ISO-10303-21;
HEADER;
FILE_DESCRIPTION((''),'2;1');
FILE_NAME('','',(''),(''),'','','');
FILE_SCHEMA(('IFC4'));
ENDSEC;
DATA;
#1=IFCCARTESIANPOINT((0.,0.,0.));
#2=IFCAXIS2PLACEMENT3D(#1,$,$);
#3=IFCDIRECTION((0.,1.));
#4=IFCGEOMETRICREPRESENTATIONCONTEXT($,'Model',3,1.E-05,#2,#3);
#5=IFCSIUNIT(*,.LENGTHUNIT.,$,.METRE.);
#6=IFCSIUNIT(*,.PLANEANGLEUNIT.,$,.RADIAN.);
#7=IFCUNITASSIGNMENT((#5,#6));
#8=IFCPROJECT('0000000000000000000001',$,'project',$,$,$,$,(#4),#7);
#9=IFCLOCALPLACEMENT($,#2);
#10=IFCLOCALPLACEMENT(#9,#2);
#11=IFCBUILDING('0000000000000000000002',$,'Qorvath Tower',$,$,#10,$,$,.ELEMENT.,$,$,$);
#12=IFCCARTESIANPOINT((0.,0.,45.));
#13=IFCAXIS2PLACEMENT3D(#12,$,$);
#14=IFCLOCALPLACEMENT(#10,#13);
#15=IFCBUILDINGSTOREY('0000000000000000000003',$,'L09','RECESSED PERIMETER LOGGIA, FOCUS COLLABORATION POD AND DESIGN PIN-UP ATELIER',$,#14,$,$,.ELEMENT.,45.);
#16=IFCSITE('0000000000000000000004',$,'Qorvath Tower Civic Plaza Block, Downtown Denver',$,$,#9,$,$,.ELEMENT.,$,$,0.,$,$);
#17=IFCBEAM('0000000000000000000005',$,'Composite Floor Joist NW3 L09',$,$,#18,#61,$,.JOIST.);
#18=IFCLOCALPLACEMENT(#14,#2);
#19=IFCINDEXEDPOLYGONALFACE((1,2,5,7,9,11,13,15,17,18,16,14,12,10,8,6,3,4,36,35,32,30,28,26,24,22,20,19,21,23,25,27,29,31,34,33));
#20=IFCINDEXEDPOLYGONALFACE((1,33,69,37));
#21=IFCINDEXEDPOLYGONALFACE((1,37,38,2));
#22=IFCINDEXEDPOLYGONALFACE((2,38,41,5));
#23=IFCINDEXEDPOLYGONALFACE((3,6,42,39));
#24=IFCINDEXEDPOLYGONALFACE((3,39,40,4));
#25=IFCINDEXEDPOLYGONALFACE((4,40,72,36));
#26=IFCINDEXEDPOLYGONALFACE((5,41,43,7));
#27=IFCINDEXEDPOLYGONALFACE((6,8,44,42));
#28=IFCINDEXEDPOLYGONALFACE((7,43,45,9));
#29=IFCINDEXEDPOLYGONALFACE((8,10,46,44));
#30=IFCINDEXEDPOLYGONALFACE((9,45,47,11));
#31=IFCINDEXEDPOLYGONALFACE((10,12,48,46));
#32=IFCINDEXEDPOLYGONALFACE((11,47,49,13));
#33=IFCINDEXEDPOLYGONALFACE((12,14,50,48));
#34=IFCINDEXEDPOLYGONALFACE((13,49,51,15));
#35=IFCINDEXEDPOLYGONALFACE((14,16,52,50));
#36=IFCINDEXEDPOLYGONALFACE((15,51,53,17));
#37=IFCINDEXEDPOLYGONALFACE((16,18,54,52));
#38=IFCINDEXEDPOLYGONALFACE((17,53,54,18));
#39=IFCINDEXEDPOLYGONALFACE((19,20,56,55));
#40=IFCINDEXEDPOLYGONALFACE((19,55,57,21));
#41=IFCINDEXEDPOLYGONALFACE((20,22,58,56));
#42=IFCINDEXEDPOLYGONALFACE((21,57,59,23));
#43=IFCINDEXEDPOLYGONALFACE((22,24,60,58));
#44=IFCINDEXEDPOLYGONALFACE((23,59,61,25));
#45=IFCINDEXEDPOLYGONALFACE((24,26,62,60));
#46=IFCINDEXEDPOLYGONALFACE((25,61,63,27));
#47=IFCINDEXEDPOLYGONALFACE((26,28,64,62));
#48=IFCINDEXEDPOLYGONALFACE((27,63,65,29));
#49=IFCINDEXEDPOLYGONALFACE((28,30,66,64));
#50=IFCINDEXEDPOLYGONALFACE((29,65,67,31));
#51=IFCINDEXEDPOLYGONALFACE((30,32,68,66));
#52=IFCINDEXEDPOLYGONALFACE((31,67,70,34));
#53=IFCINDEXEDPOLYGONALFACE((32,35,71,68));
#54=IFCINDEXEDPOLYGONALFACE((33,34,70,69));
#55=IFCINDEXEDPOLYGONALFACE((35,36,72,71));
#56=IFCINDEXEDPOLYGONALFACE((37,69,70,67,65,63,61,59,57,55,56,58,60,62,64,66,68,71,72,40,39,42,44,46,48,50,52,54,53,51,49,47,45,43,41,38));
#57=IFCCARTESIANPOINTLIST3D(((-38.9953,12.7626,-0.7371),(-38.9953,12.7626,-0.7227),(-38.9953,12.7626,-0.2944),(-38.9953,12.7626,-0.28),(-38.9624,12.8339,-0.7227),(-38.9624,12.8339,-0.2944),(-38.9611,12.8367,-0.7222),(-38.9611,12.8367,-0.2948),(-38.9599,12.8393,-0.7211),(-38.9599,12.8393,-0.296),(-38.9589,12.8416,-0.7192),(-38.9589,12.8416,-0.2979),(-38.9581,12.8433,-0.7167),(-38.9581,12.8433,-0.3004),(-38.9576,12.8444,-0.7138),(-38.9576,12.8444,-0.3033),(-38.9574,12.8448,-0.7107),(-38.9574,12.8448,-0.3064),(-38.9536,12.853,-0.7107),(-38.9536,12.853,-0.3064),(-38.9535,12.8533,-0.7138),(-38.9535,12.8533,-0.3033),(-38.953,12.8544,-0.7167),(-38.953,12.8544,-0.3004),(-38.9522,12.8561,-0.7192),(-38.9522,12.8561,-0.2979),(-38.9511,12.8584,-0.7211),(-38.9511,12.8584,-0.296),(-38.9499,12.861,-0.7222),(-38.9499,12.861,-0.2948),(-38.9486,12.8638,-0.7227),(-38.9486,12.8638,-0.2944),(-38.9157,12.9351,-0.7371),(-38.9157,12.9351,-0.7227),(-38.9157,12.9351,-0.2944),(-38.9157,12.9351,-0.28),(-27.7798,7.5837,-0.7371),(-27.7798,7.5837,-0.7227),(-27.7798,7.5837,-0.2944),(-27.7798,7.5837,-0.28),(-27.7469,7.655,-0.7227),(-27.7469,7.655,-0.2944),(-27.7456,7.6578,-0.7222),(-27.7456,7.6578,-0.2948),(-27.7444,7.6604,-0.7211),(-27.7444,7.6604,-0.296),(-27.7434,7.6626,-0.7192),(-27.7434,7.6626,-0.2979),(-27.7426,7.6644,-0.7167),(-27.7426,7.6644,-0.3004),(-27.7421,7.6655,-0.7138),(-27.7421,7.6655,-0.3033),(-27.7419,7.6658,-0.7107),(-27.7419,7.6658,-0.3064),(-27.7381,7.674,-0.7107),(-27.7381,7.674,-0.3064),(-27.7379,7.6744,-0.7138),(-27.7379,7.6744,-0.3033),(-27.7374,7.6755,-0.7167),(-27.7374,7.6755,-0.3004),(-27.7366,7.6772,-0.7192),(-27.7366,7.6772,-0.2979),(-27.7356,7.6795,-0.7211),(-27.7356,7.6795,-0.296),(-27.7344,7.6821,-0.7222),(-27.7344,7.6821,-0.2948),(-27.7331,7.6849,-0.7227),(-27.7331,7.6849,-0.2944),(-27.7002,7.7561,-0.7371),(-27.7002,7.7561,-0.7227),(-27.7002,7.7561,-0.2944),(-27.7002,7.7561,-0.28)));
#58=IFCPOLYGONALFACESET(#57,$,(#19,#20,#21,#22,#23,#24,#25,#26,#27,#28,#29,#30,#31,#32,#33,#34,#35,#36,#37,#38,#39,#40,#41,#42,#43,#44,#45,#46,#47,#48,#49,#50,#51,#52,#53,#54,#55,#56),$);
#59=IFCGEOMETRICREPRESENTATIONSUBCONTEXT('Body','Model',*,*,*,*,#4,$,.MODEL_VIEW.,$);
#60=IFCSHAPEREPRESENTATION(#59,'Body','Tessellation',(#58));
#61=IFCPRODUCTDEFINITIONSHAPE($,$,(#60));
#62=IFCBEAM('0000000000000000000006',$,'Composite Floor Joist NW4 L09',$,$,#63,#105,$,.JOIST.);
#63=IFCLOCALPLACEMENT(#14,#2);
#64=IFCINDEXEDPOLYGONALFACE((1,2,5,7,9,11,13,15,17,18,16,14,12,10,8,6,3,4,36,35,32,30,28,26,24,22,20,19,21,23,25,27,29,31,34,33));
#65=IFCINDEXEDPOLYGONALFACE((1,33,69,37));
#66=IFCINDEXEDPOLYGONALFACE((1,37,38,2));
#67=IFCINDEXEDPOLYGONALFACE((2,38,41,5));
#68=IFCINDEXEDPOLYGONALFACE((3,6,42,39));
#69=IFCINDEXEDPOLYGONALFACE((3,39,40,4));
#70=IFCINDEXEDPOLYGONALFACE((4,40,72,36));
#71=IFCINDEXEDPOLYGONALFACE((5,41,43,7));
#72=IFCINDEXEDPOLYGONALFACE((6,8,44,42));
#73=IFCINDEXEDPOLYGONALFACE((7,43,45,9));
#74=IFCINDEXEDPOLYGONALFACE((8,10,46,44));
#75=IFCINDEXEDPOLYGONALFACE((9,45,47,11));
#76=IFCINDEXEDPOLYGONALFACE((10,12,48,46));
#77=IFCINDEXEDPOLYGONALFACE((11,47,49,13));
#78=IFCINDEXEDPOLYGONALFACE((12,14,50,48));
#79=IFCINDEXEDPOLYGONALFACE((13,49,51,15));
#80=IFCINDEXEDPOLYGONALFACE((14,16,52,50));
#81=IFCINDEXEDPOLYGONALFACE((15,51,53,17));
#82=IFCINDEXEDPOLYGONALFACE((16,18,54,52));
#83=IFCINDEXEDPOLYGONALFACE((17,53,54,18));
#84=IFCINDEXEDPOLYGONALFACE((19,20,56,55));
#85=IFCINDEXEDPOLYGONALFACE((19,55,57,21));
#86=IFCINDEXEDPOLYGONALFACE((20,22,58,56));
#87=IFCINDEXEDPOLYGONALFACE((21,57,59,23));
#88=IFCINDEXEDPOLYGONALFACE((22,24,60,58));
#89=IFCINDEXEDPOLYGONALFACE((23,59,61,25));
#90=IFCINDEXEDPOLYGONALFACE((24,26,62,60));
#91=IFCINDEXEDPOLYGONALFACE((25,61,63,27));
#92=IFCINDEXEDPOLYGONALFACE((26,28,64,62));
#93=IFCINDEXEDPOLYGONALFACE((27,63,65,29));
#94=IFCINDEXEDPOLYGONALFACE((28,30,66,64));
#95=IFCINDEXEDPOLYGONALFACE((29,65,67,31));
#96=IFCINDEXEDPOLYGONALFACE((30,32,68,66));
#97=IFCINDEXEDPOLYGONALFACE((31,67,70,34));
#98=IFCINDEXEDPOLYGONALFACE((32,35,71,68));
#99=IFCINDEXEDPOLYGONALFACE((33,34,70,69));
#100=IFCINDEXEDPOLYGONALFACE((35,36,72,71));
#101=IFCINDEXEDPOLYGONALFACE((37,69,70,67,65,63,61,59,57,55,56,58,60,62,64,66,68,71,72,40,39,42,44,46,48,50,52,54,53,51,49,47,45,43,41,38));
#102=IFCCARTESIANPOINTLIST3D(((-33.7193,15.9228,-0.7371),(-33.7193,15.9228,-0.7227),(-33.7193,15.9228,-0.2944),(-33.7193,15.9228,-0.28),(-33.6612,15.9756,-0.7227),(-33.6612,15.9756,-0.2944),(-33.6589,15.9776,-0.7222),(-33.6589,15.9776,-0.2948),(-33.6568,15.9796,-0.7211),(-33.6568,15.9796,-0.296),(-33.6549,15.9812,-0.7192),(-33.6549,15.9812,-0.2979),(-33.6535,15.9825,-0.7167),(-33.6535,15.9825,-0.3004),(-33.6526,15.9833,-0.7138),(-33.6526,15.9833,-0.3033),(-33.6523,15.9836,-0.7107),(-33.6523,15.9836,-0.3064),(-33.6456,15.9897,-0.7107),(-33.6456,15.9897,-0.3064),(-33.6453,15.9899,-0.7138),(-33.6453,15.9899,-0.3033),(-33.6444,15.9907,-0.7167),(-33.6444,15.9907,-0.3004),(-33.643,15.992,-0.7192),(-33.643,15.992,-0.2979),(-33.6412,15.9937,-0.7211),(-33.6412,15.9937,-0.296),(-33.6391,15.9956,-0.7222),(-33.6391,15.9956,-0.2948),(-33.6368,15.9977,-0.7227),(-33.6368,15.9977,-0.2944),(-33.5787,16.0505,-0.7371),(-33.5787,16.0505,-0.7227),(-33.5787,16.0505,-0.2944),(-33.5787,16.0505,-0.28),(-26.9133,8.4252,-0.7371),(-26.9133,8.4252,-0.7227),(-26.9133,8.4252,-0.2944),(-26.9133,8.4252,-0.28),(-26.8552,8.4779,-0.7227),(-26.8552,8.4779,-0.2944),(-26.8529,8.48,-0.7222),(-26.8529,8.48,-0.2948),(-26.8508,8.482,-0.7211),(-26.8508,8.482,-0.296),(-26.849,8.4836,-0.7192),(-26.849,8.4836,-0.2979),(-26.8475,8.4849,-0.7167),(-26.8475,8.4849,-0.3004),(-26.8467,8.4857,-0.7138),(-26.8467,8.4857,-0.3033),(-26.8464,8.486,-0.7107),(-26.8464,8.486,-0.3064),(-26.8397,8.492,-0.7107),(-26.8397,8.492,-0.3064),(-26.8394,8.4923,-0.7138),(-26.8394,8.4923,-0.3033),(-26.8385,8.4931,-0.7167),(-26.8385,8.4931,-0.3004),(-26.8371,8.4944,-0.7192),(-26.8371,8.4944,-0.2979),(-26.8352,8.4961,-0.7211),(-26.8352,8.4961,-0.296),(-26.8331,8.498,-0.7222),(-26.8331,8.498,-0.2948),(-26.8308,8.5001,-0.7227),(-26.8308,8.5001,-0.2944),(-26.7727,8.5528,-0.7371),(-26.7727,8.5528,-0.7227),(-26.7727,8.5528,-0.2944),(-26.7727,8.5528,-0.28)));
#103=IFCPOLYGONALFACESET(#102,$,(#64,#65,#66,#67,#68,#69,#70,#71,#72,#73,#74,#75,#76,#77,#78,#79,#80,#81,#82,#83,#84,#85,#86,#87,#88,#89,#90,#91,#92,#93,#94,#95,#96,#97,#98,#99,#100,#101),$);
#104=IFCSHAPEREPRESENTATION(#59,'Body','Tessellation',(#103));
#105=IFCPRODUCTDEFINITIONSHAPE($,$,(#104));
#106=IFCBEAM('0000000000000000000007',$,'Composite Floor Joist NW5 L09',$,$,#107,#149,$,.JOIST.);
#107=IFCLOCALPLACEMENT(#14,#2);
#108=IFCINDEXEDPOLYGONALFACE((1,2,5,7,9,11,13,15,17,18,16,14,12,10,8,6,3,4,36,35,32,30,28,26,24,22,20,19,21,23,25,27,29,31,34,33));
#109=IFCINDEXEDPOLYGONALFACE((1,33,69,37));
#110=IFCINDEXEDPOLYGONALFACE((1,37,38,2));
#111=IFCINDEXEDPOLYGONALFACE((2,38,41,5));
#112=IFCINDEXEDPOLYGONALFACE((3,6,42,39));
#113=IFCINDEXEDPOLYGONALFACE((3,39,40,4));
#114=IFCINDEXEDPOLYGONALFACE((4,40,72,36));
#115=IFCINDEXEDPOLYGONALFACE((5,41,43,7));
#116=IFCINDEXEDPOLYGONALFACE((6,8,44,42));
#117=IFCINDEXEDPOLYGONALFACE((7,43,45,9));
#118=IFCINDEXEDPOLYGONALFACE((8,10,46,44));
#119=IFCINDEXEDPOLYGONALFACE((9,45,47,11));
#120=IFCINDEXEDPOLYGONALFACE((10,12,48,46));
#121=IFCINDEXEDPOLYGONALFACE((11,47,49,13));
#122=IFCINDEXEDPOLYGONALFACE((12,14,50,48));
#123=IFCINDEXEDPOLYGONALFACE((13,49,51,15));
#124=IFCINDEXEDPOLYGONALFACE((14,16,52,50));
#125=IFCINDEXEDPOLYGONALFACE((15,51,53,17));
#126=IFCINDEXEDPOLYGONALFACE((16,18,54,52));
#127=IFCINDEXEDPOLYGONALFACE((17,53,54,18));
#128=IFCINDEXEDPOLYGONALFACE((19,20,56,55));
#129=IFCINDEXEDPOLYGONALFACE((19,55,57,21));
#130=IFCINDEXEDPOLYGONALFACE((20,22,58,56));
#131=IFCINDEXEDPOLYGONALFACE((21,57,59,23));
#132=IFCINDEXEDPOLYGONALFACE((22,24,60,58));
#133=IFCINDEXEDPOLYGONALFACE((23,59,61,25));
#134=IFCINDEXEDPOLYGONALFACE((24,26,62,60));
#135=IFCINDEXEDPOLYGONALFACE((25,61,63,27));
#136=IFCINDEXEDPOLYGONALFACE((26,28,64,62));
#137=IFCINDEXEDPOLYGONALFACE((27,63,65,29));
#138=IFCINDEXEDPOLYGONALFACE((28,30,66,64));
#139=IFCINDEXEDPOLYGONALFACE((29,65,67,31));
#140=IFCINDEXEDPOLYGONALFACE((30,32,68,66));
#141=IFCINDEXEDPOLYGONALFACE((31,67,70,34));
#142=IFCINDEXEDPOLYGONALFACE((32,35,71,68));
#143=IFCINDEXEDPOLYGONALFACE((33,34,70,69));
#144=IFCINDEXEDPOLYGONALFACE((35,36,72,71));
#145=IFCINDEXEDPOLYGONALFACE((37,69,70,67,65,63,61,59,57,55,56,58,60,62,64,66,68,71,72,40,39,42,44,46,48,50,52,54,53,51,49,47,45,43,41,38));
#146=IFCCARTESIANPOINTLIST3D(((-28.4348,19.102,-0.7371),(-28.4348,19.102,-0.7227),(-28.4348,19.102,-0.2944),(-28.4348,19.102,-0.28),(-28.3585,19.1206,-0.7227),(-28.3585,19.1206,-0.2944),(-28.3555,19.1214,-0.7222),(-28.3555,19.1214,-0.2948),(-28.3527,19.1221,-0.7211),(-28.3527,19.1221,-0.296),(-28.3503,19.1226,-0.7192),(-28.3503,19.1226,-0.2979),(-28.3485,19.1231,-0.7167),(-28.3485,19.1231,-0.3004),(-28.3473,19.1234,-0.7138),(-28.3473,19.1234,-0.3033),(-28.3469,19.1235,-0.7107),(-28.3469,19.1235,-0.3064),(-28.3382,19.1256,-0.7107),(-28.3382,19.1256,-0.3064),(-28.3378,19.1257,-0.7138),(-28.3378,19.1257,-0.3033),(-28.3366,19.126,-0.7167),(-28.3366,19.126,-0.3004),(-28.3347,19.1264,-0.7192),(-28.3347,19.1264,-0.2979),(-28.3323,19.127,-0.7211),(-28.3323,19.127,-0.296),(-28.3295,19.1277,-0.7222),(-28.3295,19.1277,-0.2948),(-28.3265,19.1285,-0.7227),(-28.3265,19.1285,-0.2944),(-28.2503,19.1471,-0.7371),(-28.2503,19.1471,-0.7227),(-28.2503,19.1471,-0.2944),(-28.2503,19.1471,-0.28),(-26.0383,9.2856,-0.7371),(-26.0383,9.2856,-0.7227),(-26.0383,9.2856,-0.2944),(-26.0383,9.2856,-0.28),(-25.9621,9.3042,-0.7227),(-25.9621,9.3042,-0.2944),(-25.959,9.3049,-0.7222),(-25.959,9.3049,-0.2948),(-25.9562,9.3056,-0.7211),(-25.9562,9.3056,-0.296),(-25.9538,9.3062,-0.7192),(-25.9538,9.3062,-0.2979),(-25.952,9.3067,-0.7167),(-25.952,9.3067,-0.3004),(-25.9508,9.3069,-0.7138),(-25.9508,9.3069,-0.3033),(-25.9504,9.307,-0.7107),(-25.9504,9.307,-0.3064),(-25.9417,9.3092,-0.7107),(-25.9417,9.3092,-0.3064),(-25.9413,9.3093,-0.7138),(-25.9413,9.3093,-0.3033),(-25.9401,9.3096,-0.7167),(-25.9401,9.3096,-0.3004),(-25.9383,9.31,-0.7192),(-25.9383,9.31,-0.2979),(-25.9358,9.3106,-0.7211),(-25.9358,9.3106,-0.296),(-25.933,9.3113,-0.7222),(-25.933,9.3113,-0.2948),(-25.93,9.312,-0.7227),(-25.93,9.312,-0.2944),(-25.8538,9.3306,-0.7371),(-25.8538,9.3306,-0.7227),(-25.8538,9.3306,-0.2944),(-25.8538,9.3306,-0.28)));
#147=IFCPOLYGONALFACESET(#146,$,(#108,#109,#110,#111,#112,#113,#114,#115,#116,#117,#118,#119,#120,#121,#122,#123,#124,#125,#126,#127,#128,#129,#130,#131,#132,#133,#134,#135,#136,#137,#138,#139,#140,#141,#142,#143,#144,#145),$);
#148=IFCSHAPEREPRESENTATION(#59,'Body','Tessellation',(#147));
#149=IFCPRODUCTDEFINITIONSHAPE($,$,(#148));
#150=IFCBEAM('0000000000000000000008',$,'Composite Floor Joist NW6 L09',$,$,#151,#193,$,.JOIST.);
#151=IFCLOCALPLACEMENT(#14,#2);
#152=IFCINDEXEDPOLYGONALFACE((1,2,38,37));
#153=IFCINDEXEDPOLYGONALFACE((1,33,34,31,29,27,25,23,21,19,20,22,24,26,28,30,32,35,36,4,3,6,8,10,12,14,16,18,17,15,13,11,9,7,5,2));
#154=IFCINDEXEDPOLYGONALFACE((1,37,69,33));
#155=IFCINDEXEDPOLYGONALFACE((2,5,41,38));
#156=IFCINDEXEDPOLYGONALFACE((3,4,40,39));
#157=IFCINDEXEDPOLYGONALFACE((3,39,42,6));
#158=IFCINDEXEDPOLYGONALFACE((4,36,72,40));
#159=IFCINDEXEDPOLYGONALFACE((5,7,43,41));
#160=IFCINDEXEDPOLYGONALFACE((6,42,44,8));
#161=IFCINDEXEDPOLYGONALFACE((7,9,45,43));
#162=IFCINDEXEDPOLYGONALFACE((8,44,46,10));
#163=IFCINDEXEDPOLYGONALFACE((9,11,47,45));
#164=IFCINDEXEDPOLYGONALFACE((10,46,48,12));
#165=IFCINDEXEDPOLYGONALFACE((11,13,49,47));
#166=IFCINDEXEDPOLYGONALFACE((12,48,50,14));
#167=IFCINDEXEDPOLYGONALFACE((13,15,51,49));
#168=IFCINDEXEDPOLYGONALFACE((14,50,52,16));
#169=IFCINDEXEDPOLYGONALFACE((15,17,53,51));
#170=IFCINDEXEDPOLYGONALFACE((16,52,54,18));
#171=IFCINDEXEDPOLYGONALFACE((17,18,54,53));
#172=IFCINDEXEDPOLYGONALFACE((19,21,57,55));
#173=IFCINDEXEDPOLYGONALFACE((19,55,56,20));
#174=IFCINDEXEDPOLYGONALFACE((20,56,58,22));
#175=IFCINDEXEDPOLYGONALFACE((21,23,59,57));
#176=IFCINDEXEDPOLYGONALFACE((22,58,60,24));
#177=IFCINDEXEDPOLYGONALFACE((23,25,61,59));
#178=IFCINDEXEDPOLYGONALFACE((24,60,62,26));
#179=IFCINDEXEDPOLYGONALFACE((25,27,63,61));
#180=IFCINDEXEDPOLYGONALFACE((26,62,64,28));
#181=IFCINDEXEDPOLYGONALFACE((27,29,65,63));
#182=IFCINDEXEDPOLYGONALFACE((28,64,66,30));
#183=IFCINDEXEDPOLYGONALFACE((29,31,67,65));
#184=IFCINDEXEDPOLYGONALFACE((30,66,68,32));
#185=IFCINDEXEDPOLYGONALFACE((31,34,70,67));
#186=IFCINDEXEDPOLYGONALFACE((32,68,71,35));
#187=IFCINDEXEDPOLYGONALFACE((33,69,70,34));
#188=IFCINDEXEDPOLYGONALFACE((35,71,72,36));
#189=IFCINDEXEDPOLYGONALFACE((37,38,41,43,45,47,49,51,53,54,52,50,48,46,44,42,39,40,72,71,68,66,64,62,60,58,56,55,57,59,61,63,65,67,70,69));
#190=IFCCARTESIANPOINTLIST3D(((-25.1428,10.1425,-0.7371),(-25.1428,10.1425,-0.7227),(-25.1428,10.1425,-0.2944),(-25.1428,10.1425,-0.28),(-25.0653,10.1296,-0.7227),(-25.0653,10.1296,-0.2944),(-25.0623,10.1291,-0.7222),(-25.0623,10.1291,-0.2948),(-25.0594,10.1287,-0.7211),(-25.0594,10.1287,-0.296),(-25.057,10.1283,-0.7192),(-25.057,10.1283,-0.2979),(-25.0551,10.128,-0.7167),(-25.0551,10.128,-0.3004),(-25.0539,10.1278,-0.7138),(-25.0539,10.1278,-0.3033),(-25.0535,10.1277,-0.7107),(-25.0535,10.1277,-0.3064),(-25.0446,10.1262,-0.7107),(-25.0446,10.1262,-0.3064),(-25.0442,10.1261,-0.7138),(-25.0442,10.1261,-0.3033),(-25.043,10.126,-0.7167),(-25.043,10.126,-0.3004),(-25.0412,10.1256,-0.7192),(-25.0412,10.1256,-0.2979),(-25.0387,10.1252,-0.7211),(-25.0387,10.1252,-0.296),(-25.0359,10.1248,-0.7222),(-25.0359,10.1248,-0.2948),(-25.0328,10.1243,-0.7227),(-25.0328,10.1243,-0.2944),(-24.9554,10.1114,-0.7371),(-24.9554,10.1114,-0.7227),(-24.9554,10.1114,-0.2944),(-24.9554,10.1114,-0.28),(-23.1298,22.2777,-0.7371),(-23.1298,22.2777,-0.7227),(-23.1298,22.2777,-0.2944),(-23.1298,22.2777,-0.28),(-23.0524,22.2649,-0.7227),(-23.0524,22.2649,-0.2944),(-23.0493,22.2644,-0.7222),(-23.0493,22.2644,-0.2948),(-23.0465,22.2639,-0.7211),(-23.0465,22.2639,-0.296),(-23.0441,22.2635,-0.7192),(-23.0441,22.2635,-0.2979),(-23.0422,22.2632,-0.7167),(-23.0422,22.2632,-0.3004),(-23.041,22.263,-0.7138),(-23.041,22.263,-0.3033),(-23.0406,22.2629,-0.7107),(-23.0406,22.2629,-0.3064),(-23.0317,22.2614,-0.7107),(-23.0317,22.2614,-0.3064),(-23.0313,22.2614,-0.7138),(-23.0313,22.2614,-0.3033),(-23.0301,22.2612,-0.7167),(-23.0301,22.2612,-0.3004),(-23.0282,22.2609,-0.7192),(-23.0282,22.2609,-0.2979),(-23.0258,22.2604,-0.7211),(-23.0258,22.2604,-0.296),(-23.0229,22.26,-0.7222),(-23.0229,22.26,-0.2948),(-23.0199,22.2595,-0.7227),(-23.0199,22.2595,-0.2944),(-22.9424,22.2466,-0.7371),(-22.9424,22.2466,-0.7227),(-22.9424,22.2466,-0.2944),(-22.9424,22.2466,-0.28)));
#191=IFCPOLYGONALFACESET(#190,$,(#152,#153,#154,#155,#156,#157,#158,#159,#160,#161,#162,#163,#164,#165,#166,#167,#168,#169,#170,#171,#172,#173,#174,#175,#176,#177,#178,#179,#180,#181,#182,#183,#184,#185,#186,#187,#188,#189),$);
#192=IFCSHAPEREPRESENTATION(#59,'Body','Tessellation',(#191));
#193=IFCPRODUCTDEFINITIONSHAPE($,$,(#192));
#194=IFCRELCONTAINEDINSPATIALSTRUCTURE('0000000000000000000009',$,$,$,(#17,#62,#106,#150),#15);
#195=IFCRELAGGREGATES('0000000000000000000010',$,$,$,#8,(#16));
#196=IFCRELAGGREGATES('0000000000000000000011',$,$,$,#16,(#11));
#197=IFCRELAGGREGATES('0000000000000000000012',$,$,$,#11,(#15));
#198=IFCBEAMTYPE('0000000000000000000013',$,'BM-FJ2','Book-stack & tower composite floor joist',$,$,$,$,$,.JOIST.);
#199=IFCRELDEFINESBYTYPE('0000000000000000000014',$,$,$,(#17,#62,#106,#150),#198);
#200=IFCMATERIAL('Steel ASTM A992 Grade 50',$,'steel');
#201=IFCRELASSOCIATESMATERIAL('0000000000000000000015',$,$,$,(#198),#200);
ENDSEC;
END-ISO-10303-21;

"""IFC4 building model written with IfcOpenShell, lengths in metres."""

from ifc_helpers import new_model, si_unit, direction, frame, origin, origin_2d, place, context, subcontext, project, spatial, i_section, extrude, material, material_profile, profile_set, type_object, element, save


model = new_model("IFC4")

# Units and contexts
model_context = context("Model", 3, precision=1e-05, world=origin(), true_north=direction((0.0, 1.0)))
body_context = subcontext(model_context, "Body", "Model", "MODEL_VIEW")
ifc_project = project(units=[si_unit("LENGTHUNIT", "METRE"), si_unit("PLANEANGLEUNIT", "RADIAN")], contexts=[model_context])

# Site, building, storey
site_placement = place(None, origin())
site = spatial("IfcSite", under=ifc_project, at=site_placement, Name="Qorvath Tower Civic Plaza Block, Downtown Denver", CompositionType="ELEMENT", RefElevation=0.0)
building_placement = place(site_placement, origin())
building = spatial("IfcBuilding", under=site, at=building_placement, Name="Qorvath Tower", CompositionType="ELEMENT")
storey_placement = place(building_placement, frame((0.0, 0.0, 45.0)))
storey = spatial("IfcBuildingStorey", under=building, at=storey_placement, Name="L09", Description="RECESSED PERIMETER LOGGIA, FOCUS COLLABORATION POD AND DESIGN PIN-UP ATELIER", CompositionType="ELEMENT", Elevation=45.0)

# Beams
ifc_material_1 = material(Name="Steel ASTM A992 Grade 50", Category="steel")
ifc_material_profile_1 = material_profile(ifc_material_1, i_section(OverallWidth=0.1899, OverallDepth=0.457, WebThickness=0.009, FlangeThickness=0.0144, FilletRadius=0.012, at=origin_2d()), Name="W18x50")
ifc_profile_set_1 = profile_set([ifc_material_profile_1], Name="Steel ASTM A992 Grade 50")
beam_type_1 = type_object("IfcBeamType", Name="BM-FJ2", Description="Book-stack & tower composite floor joist", PredefinedType="JOIST", material=ifc_profile_set_1)
beam_1_placement = place(storey_placement, frame((-27.74, 7.6699, -0.5085), z_axis=(-0.907881, 0.419227, 0.0), x_axis=(-0.419227, -0.907881, 0.0)))
element("IfcBeam", 1, at=beam_1_placement, inside=storey, type_object=beam_type_1, Name="Composite Floor Joist NW3 L09", PredefinedType="JOIST", context=body_context, shape_type="SweptSolid", body=[
    extrude(i_section(OverallWidth=0.1899, OverallDepth=0.457, WebThickness=0.009, FlangeThickness=0.0144, FilletRadius=0.012, at=origin_2d()), origin(), (0.0, 0.0, 1.0), 12.3535),
])
beam_2_placement = place(storey_placement, frame((-26.843, 8.489, -0.5085), z_axis=(-0.672129, 0.740434, 0.0), x_axis=(-0.740434, -0.672129, 0.0)))
element("IfcBeam", 2, at=beam_2_placement, inside=storey, type_object=beam_type_1, Name="Composite Floor Joist NW4 L09", PredefinedType="JOIST", context=body_context, shape_type="SweptSolid", body=[
    extrude(i_section(OverallWidth=0.1899, OverallDepth=0.457, WebThickness=0.009, FlangeThickness=0.0144, FilletRadius=0.012, at=origin_2d()), origin(), (0.0, 0.0, 1.0), 10.126),
])
beam_3_placement = place(storey_placement, frame((-25.946, 9.3081, -0.5085), z_axis=(-0.237165, 0.971469, 0.0), x_axis=(-0.971469, -0.237165, 0.0)))
element("IfcBeam", 3, at=beam_3_placement, inside=storey, type_object=beam_type_1, Name="Composite Floor Joist NW5 L09", PredefinedType="JOIST", context=body_context, shape_type="SweptSolid", body=[
    extrude(i_section(OverallWidth=0.1899, OverallDepth=0.457, WebThickness=0.009, FlangeThickness=0.0144, FilletRadius=0.012, at=origin_2d()), origin(), (0.0, 0.0, 1.0), 10.1047),
])
beam_4_placement = place(storey_placement, frame((-25.0491, 10.127, -0.5085), z_axis=(0.163639, 0.98652, 0.0), x_axis=(-0.98652, 0.163639, 0.0)))
element("IfcBeam", 4, at=beam_4_placement, inside=storey, type_object=beam_type_1, Name="Composite Floor Joist NW6 L09", PredefinedType="JOIST", context=body_context, shape_type="SweptSolid", body=[
    extrude(i_section(OverallWidth=0.1899, OverallDepth=0.457, WebThickness=0.009, FlangeThickness=0.0144, FilletRadius=0.012, at=origin_2d()), origin(), (0.0, 0.0, 1.0), 12.301),
])

save(model, "model.ifc")
